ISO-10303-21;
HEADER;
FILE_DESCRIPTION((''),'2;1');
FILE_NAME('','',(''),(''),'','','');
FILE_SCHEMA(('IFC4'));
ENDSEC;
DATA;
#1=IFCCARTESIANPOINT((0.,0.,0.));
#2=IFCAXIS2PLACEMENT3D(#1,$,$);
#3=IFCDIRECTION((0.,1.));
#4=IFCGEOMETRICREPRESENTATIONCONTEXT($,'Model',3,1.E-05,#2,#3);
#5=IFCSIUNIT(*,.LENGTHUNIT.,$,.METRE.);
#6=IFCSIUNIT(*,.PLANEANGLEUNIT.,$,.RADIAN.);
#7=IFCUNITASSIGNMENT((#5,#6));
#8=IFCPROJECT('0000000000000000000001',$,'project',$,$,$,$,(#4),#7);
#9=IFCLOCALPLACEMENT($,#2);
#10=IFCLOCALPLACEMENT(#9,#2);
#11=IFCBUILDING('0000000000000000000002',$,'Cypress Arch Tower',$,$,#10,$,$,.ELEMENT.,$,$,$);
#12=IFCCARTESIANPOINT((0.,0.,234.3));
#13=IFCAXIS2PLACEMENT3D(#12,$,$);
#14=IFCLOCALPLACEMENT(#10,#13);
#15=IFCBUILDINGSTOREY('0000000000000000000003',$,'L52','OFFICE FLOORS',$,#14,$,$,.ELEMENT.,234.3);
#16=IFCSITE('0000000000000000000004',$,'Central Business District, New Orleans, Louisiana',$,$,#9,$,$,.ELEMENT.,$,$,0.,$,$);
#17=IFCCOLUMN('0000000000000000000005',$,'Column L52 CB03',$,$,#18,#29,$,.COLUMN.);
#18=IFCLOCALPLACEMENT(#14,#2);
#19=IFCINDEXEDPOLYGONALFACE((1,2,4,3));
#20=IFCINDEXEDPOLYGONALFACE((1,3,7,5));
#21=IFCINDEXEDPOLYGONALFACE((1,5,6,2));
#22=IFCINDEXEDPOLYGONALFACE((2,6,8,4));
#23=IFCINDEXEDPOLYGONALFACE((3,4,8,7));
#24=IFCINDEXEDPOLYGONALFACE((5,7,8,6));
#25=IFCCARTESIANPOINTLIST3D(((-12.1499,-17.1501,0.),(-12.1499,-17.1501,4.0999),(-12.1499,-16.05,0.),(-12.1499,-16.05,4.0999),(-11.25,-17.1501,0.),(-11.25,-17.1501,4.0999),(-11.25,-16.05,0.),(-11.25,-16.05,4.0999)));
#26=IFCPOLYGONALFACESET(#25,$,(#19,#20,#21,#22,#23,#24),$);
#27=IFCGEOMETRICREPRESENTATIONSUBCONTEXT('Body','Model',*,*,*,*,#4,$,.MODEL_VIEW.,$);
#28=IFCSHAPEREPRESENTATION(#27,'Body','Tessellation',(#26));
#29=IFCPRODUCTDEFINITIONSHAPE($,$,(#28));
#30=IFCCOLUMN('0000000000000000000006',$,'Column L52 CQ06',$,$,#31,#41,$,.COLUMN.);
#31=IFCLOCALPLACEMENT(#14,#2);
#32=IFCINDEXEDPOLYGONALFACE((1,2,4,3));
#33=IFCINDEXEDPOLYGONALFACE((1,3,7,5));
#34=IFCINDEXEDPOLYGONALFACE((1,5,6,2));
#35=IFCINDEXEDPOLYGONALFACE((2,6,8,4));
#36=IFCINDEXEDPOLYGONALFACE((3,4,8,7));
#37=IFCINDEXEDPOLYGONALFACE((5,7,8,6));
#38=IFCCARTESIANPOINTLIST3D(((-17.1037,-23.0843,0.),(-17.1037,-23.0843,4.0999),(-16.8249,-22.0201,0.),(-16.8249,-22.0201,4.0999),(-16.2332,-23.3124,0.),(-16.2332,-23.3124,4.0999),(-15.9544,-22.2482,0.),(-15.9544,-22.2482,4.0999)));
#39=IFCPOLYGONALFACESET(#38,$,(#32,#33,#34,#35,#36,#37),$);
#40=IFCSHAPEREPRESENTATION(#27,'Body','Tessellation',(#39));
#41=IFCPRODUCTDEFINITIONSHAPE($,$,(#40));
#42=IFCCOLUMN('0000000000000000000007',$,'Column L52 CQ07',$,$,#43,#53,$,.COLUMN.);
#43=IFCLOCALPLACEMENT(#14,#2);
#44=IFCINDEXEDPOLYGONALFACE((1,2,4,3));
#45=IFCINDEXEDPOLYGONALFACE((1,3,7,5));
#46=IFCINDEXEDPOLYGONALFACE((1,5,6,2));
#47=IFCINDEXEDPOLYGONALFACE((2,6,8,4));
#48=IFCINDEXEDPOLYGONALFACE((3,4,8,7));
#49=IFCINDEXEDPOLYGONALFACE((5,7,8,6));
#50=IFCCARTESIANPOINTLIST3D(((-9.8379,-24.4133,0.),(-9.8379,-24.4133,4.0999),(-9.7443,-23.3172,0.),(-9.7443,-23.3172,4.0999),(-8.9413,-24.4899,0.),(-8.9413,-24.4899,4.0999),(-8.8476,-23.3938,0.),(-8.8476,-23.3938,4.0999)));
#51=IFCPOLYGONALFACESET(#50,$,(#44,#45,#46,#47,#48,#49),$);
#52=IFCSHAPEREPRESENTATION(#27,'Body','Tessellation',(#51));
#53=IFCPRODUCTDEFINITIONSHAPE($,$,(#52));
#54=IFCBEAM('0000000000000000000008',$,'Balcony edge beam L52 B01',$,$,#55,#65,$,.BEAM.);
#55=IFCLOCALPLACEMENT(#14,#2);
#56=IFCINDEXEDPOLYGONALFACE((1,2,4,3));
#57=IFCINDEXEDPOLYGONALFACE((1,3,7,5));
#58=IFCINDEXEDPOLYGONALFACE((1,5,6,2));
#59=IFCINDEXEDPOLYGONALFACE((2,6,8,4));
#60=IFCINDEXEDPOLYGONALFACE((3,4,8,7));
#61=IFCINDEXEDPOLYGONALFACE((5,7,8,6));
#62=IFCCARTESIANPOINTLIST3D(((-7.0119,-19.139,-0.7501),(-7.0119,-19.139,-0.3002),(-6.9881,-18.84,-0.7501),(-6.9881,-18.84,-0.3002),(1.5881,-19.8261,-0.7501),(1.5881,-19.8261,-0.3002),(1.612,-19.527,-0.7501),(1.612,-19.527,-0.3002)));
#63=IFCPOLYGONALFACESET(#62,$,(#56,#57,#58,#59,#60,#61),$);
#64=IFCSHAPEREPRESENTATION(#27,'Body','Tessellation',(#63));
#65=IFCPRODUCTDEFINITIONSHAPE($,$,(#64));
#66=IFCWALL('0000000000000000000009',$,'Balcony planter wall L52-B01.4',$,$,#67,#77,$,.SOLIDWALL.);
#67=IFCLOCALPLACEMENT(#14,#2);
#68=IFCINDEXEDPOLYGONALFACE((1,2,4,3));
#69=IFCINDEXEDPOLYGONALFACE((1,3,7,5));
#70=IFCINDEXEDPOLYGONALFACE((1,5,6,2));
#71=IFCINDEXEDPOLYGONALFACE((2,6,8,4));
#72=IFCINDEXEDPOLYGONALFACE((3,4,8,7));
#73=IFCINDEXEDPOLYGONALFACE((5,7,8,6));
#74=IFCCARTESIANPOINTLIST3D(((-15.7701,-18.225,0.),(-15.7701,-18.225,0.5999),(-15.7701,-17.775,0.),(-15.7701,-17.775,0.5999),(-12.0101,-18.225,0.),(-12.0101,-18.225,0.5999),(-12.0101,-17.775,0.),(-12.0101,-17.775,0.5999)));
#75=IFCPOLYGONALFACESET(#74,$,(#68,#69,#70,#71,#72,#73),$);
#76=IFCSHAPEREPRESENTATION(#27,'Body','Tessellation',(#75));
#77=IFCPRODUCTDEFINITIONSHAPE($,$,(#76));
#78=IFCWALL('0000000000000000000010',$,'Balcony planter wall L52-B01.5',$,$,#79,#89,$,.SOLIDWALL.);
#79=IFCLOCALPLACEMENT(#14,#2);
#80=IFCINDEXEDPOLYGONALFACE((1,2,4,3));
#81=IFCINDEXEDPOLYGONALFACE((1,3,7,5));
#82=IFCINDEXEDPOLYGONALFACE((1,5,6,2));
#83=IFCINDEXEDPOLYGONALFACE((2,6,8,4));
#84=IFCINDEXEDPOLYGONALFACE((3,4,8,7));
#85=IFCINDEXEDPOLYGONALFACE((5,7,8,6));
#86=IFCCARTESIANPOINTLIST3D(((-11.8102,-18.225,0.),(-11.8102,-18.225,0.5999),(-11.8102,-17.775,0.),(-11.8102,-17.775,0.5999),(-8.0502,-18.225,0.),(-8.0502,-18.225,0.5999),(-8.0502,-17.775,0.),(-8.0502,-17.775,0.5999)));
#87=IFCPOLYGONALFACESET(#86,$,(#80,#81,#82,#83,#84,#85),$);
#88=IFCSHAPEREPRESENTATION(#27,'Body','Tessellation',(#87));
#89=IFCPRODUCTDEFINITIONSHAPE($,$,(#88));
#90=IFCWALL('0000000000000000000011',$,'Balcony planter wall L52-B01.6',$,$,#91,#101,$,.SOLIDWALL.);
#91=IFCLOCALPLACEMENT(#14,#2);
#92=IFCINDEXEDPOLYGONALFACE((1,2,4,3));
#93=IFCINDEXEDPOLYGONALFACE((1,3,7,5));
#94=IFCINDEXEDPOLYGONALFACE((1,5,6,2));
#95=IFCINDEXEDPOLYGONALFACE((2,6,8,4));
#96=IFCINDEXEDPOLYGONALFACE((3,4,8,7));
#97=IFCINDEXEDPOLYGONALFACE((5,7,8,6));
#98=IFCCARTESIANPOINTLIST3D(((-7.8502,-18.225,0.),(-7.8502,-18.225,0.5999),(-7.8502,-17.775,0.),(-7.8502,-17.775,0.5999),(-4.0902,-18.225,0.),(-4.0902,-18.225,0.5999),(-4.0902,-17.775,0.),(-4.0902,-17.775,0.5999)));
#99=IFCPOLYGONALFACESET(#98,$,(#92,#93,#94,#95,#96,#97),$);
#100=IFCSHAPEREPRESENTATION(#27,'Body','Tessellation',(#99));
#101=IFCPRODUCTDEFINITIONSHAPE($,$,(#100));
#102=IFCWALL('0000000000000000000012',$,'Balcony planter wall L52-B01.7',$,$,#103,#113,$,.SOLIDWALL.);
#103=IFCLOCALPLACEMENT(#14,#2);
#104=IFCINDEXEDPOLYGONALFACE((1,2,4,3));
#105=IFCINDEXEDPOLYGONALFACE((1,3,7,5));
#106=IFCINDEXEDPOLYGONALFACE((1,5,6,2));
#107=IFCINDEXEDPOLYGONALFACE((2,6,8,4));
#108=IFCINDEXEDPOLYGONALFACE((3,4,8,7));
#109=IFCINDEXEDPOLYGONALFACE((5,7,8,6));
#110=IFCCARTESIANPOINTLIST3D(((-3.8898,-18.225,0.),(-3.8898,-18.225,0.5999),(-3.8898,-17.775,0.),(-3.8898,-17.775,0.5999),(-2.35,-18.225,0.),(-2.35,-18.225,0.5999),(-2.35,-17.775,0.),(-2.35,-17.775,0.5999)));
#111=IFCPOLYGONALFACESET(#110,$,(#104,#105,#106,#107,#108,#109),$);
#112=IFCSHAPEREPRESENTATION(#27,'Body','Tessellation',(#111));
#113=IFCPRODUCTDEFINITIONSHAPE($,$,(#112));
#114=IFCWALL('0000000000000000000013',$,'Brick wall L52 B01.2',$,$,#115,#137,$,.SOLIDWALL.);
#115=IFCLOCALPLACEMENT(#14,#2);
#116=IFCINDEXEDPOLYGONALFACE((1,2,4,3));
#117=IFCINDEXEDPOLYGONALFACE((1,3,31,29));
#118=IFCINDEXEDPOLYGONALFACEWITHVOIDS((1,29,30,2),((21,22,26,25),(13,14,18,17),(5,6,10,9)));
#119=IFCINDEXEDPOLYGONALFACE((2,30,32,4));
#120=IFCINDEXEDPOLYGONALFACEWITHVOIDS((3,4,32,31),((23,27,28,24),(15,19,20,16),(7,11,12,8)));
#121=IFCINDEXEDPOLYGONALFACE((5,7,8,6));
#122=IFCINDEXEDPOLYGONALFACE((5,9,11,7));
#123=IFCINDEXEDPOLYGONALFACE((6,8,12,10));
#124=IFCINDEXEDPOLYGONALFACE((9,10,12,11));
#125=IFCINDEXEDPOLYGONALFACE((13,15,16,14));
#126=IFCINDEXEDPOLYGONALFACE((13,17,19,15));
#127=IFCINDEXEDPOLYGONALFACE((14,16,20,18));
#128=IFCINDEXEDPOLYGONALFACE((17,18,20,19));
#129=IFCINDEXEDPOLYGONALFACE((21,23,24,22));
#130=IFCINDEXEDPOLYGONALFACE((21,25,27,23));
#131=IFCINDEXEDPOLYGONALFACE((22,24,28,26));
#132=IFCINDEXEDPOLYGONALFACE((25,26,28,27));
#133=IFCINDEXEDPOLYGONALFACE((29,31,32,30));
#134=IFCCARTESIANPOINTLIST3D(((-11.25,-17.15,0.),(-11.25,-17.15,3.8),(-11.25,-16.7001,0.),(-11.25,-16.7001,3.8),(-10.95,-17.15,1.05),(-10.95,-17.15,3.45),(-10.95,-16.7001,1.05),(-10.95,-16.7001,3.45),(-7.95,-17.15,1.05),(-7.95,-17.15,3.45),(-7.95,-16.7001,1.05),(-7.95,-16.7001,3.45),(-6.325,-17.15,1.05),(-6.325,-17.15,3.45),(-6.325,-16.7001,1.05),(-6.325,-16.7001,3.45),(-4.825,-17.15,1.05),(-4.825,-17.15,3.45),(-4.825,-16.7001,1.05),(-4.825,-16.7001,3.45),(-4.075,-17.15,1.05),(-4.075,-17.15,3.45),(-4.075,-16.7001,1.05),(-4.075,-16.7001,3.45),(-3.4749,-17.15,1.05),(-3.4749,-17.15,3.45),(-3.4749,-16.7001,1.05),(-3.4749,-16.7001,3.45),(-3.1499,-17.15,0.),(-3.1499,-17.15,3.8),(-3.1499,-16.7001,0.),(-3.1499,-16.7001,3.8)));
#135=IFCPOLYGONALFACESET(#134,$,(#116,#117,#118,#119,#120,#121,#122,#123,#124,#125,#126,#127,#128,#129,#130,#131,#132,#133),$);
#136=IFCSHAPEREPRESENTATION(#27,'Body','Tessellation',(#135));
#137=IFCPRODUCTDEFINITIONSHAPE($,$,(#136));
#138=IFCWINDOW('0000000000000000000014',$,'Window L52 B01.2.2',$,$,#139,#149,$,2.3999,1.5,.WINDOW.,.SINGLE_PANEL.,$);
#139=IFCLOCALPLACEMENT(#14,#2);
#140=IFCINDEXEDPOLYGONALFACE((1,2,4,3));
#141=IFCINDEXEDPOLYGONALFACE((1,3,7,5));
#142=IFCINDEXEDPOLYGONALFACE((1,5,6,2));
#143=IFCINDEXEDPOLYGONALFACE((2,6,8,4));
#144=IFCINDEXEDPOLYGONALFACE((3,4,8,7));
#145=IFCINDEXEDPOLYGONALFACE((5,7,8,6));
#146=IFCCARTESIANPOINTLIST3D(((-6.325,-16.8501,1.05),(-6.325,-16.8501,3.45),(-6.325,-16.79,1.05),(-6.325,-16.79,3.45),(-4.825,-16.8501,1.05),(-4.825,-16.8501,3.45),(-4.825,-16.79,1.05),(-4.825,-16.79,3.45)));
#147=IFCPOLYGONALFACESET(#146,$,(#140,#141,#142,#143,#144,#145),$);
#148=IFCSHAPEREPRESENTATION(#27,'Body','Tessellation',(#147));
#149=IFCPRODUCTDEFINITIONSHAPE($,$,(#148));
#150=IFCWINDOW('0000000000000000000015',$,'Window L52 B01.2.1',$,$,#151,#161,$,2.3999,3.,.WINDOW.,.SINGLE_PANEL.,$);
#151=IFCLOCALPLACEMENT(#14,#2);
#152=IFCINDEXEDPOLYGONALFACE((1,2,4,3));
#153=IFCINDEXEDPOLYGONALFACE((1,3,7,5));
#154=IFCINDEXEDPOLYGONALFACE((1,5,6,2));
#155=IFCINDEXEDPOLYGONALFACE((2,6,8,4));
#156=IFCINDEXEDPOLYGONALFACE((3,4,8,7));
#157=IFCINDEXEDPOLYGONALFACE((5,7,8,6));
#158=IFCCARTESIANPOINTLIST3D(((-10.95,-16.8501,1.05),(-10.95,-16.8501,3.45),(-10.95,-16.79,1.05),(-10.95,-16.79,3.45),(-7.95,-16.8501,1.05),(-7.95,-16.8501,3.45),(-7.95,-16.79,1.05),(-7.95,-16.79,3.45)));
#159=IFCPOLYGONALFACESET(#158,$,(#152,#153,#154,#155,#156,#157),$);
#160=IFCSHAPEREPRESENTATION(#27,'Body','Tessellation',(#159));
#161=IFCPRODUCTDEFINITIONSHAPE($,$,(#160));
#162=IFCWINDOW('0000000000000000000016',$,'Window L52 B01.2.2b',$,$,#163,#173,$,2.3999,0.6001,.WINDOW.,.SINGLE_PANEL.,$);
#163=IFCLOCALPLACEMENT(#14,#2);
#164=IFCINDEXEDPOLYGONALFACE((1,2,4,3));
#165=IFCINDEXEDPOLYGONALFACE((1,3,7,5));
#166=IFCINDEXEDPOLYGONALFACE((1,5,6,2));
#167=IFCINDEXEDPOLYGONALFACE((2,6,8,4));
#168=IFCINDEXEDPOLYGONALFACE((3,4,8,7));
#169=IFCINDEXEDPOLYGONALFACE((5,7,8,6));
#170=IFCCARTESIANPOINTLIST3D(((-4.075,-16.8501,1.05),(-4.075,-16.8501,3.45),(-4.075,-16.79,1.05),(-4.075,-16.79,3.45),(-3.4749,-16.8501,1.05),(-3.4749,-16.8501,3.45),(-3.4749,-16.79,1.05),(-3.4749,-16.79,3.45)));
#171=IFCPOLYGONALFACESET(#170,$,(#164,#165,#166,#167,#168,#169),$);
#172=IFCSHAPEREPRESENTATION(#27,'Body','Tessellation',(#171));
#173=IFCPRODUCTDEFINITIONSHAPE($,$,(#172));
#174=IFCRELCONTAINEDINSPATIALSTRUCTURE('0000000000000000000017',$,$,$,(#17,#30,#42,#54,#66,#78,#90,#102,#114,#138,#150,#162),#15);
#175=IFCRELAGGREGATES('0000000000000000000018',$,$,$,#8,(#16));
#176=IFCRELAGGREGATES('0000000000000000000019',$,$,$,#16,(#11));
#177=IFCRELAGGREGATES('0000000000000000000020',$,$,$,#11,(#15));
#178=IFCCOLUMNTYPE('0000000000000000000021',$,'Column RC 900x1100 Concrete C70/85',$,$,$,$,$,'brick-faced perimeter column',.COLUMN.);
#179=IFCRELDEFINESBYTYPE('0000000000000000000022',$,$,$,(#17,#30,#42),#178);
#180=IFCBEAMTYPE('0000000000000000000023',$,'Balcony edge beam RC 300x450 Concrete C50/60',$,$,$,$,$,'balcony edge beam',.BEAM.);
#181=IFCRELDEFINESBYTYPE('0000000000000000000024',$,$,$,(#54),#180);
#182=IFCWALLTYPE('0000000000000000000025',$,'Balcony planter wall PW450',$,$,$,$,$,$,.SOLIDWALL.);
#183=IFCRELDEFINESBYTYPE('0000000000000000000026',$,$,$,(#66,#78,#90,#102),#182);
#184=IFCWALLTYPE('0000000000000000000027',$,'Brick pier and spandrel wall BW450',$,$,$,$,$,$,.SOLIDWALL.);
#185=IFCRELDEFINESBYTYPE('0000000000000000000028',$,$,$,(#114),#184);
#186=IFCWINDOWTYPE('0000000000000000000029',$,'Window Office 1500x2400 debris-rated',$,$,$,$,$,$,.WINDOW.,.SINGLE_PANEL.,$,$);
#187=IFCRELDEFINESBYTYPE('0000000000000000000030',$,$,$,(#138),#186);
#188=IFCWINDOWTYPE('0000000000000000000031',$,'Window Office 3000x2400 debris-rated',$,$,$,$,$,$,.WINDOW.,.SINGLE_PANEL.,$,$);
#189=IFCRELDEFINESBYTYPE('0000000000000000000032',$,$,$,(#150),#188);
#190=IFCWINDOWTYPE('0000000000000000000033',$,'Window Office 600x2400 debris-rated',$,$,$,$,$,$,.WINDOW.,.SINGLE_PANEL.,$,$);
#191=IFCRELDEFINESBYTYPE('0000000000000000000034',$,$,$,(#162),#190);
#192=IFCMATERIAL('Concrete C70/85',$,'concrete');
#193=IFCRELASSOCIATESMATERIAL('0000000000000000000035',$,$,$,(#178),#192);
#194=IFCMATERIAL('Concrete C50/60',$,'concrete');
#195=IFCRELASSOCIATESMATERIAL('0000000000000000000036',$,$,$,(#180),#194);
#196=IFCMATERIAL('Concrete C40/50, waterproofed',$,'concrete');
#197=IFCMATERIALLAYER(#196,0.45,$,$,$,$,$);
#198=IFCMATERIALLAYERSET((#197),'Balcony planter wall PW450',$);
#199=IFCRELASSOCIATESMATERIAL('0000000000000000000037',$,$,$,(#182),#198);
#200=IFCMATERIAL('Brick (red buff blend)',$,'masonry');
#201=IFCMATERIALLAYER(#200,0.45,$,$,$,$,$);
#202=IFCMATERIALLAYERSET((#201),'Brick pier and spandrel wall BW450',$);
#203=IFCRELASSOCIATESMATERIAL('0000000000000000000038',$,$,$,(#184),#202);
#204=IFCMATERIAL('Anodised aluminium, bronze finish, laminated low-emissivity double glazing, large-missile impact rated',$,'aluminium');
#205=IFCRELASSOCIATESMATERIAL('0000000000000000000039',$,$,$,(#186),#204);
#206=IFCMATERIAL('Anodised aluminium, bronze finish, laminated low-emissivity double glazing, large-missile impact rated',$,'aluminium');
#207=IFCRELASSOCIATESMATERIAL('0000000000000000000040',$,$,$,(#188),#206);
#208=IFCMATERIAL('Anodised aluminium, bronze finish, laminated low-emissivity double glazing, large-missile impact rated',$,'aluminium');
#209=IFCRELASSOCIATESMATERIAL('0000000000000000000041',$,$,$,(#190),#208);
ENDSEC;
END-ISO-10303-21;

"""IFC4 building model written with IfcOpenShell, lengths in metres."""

from ifc_helpers import new_model, si_unit, direction, frame, frame_2d, origin, origin_2d, place, context, subcontext, project, spatial, rectangle, extrude, material, layer, layer_set, material_profile, profile_set, type_object, element, fill, save


model = new_model("IFC4")

# Units and contexts
model_context = context("Model", 3, precision=1e-05, world=origin(), true_north=direction((0.0, 1.0)))
body_context = subcontext(model_context, "Body", "Model", "MODEL_VIEW")
ifc_project = project(units=[si_unit("LENGTHUNIT", "METRE"), si_unit("PLANEANGLEUNIT", "RADIAN")], contexts=[model_context])

# Site, building, storey
site_placement = place(None, origin())
site = spatial("IfcSite", under=ifc_project, at=site_placement, Name="Central Business District, New Orleans, Louisiana", CompositionType="ELEMENT", RefElevation=0.0)
building_placement = place(site_placement, origin())
building = spatial("IfcBuilding", under=site, at=building_placement, Name="Cypress Arch Tower", CompositionType="ELEMENT")
storey_placement = place(building_placement, frame((0.0, 0.0, 234.3)))
storey = spatial("IfcBuildingStorey", under=building, at=storey_placement, Name="L52", Description="OFFICE FLOORS", CompositionType="ELEMENT", Elevation=234.3)

# Columns
ifc_material_1 = material(Name="Concrete C70/85", Category="concrete")
ifc_material_profile_1 = material_profile(ifc_material_1, rectangle(XDim=0.8999, YDim=1.1001, at=origin_2d()), Name="RC 900x1100")
ifc_profile_set_1 = profile_set([ifc_material_profile_1], Name="Concrete C70/85")
column_type = type_object("IfcColumnType", Name="Column RC 900x1100 Concrete C70/85", ElementType="brick-faced perimeter column", PredefinedType="COLUMN", material=ifc_profile_set_1)
for number, where, z_axis, x_axis, name in (
    (1, (-11.7, -16.6001, 0.0), (0.0, 0.0, 1.0), (1.0, 0.0, 0.0), "Column L52 CB03"),
    (2, (-16.5291, -22.6663, 0.0), (0.0, 0.0, 1.0), (0.967356, -0.253422, 0.0), "Column L52 CQ06"),
    (3, (-9.3428, -23.9036, 0.0), (0.0, 0.0, 1.0), (0.996368, -0.085149, 0.0), "Column L52 CQ07"),
):
    element("IfcColumn", number, at=place(storey_placement, frame(where, z_axis=z_axis, x_axis=x_axis)), inside=storey, type_object=column_type, Name=name, PredefinedType="COLUMN", context=body_context, shape_type="SweptSolid", body=[
        extrude(rectangle(XDim=0.8999, YDim=1.1001, at=origin_2d()), origin(), (0.0, 0.0, 1.0), 4.0999),
    ])

# Beam
ifc_material_2 = material(Name="Concrete C50/60", Category="concrete")
ifc_material_profile_2 = material_profile(ifc_material_2, rectangle(XDim=0.3, YDim=0.45, at=origin_2d()), Name="RC 300x450")
ifc_profile_set_2 = profile_set([ifc_material_profile_2], Name="Concrete C50/60")
beam_type = type_object("IfcBeamType", Name="Balcony edge beam RC 300x450 Concrete C50/60", ElementType="balcony edge beam", PredefinedType="BEAM", material=ifc_profile_set_2)
beam_placement = place(storey_placement, frame((-7.0, -18.9895, -0.5251), z_axis=(0.996824, -0.079631, 0.0), x_axis=(0.079631, 0.996824, 0.0)))
element("IfcBeam", 4, at=beam_placement, inside=storey, type_object=beam_type, Name="Balcony edge beam L52 B01", PredefinedType="BEAM", context=body_context, shape_type="SweptSolid", body=[
    extrude(rectangle(XDim=0.3, YDim=0.45, at=origin_2d()), origin(), (0.0, 0.0, 1.0), 8.6274),
])

# Walls
ifc_material_3 = material(Name="Concrete C40/50, waterproofed", Category="concrete")
ifc_layer_1 = layer(ifc_material_3, 0.45)
ifc_layer_set_1 = layer_set([ifc_layer_1], Name="Balcony planter wall PW450")
wall_type_1 = type_object("IfcWallType", Name="Balcony planter wall PW450", PredefinedType="SOLIDWALL", material=ifc_layer_set_1)
for number, where, z_axis, x_axis, name in (
    (5, (-15.77, -18.0, 0.0), (0.0, 0.0, 1.0), (1.0, 0.0, 0.0), "Balcony planter wall L52-B01.4"),
    (6, (-11.8101, -18.0, 0.0), (0.0, 0.0, 1.0), (1.0, 0.0, 0.0), "Balcony planter wall L52-B01.5"),
    (7, (-7.8501, -18.0, 0.0), (0.0, 0.0, 1.0), (1.0, 0.0, 0.0), "Balcony planter wall L52-B01.6"),
):
    element("IfcWall", number, at=place(storey_placement, frame(where, z_axis=z_axis, x_axis=x_axis)), inside=storey, type_object=wall_type_1, Name=name, PredefinedType="SOLIDWALL", context=body_context, shape_type="SweptSolid", body=[
        extrude(rectangle(XDim=3.76, YDim=0.45, at=frame_2d((1.8799, 0.0))), origin(), (0.0, 0.0, 1.0), 0.5999),
    ])
wall_1_placement = place(storey_placement, frame((-3.8899, -18.0, 0.0), z_axis=(0.0, 0.0, 1.0), x_axis=(1.0, 0.0, 0.0)))
element("IfcWall", 8, at=wall_1_placement, inside=storey, type_object=wall_type_1, Name="Balcony planter wall L52-B01.7", PredefinedType="SOLIDWALL", context=body_context, shape_type="SweptSolid", body=[
    extrude(rectangle(XDim=1.5398, YDim=0.45, at=frame_2d((0.77, 0.0))), origin(), (0.0, 0.0, 1.0), 0.5999),
])

# Wall, openings, windows
ifc_material_4 = material(Name="Brick (red buff blend)", Category="masonry")
ifc_layer_2 = layer(ifc_material_4, 0.45)
ifc_layer_set_2 = layer_set([ifc_layer_2], Name="Brick pier and spandrel wall BW450")
wall_type_2 = type_object("IfcWallType", Name="Brick pier and spandrel wall BW450", PredefinedType="SOLIDWALL", material=ifc_layer_set_2)
wall_2_placement = place(storey_placement, frame((-11.25, -16.925, 0.0), z_axis=(0.0, 0.0, 1.0), x_axis=(1.0, 0.0, 0.0)))
wall_2 = element("IfcWall", 9, at=wall_2_placement, inside=storey, type_object=wall_type_2, Name="Brick wall L52 B01.2", PredefinedType="SOLIDWALL", context=body_context, shape_type="SweptSolid", body=[
    extrude(rectangle(XDim=8.1001, YDim=0.45, at=frame_2d((4.05, 0.0))), origin(), (0.0, 0.0, 1.0), 3.8),
])
opening_1_placement = place(wall_2_placement, frame((0.3, 0.0, 1.05)))
opening_1 = element("IfcOpeningElement", 10, at=opening_1_placement, cuts=wall_2, PredefinedType="OPENING", context=body_context, shape_type="SweptSolid", body=[
    extrude(rectangle(XDim=3.0, YDim=2.3999, at=frame_2d((1.5, 1.2))), frame((0.0, 0.2349, 0.0), z_axis=(0.0, -1.0, 0.0), x_axis=(1.0, 0.0, 0.0)), (0.0, 0.0, 1.0), 0.47),
])
opening_2_placement = place(wall_2_placement, frame((4.925, 0.0, 1.05)))
opening_2 = element("IfcOpeningElement", 11, at=opening_2_placement, cuts=wall_2, PredefinedType="OPENING", context=body_context, shape_type="SweptSolid", body=[
    extrude(rectangle(XDim=1.5, YDim=2.3999, at=frame_2d((0.75, 1.2))), frame((0.0, 0.2349, 0.0), z_axis=(0.0, -1.0, 0.0), x_axis=(1.0, 0.0, 0.0)), (0.0, 0.0, 1.0), 0.47),
])
opening_3_placement = place(wall_2_placement, frame((7.175, 0.0, 1.05)))
opening_3 = element("IfcOpeningElement", 12, at=opening_3_placement, cuts=wall_2, PredefinedType="OPENING", context=body_context, shape_type="SweptSolid", body=[
    extrude(rectangle(XDim=0.6001, YDim=2.3999, at=frame_2d((0.3, 1.2))), frame((0.0, 0.2349, 0.0), z_axis=(0.0, -1.0, 0.0), x_axis=(1.0, 0.0, 0.0)), (0.0, 0.0, 1.0), 0.47),
])
ifc_material_5 = material(Name="Anodised aluminium, bronze finish, laminated low-emissivity double glazing, large-missile impact rated", Category="aluminium")
window_type_1 = type_object("IfcWindowType", Name="Window Office 1500x2400 debris-rated", PartitioningType="SINGLE_PANEL", PredefinedType="WINDOW", material=ifc_material_5)
window_1_placement = place(opening_2_placement, origin())
window_1 = element("IfcWindow", 13, at=window_1_placement, inside=storey, type_object=window_type_1, Name="Window L52 B01.2.2", OverallHeight=2.3999, OverallWidth=1.5, PartitioningType="SINGLE_PANEL", PredefinedType="WINDOW", context=body_context, shape_type="SweptSolid", body=[
    extrude(rectangle(XDim=1.5, YDim=2.3999, at=frame_2d((0.75, 1.2))), frame((0.0, 0.135, 0.0), z_axis=(0.0, -1.0, 0.0), x_axis=(1.0, 0.0, 0.0)), (0.0, 0.0, 1.0), 0.0601),
])
fill(opening_2, window_1)
ifc_material_6 = material(Name="Anodised aluminium, bronze finish, laminated low-emissivity double glazing, large-missile impact rated", Category="aluminium")
window_type_2 = type_object("IfcWindowType", Name="Window Office 3000x2400 debris-rated", PartitioningType="SINGLE_PANEL", PredefinedType="WINDOW", material=ifc_material_6)
window_2_placement = place(opening_1_placement, origin())
window_2 = element("IfcWindow", 14, at=window_2_placement, inside=storey, type_object=window_type_2, Name="Window L52 B01.2.1", OverallHeight=2.3999, OverallWidth=3.0, PartitioningType="SINGLE_PANEL", PredefinedType="WINDOW", context=body_context, shape_type="SweptSolid", body=[
    extrude(rectangle(XDim=3.0, YDim=2.3999, at=frame_2d((1.5, 1.2))), frame((0.0, 0.135, 0.0), z_axis=(0.0, -1.0, 0.0), x_axis=(1.0, 0.0, 0.0)), (0.0, 0.0, 1.0), 0.0601),
])
fill(opening_1, window_2)
ifc_material_7 = material(Name="Anodised aluminium, bronze finish, laminated low-emissivity double glazing, large-missile impact rated", Category="aluminium")
window_type_3 = type_object("IfcWindowType", Name="Window Office 600x2400 debris-rated", PartitioningType="SINGLE_PANEL", PredefinedType="WINDOW", material=ifc_material_7)
window_3_placement = place(opening_3_placement, origin())
window_3 = element("IfcWindow", 15, at=window_3_placement, inside=storey, type_object=window_type_3, Name="Window L52 B01.2.2b", OverallHeight=2.3999, OverallWidth=0.6001, PartitioningType="SINGLE_PANEL", PredefinedType="WINDOW", context=body_context, shape_type="SweptSolid", body=[
    extrude(rectangle(XDim=0.6001, YDim=2.3999, at=frame_2d((0.3, 1.2))), frame((0.0, 0.135, 0.0), z_axis=(0.0, -1.0, 0.0), x_axis=(1.0, 0.0, 0.0)), (0.0, 0.0, 1.0), 0.0601),
])
fill(opening_3, window_3)

save(model, "model.ifc")
